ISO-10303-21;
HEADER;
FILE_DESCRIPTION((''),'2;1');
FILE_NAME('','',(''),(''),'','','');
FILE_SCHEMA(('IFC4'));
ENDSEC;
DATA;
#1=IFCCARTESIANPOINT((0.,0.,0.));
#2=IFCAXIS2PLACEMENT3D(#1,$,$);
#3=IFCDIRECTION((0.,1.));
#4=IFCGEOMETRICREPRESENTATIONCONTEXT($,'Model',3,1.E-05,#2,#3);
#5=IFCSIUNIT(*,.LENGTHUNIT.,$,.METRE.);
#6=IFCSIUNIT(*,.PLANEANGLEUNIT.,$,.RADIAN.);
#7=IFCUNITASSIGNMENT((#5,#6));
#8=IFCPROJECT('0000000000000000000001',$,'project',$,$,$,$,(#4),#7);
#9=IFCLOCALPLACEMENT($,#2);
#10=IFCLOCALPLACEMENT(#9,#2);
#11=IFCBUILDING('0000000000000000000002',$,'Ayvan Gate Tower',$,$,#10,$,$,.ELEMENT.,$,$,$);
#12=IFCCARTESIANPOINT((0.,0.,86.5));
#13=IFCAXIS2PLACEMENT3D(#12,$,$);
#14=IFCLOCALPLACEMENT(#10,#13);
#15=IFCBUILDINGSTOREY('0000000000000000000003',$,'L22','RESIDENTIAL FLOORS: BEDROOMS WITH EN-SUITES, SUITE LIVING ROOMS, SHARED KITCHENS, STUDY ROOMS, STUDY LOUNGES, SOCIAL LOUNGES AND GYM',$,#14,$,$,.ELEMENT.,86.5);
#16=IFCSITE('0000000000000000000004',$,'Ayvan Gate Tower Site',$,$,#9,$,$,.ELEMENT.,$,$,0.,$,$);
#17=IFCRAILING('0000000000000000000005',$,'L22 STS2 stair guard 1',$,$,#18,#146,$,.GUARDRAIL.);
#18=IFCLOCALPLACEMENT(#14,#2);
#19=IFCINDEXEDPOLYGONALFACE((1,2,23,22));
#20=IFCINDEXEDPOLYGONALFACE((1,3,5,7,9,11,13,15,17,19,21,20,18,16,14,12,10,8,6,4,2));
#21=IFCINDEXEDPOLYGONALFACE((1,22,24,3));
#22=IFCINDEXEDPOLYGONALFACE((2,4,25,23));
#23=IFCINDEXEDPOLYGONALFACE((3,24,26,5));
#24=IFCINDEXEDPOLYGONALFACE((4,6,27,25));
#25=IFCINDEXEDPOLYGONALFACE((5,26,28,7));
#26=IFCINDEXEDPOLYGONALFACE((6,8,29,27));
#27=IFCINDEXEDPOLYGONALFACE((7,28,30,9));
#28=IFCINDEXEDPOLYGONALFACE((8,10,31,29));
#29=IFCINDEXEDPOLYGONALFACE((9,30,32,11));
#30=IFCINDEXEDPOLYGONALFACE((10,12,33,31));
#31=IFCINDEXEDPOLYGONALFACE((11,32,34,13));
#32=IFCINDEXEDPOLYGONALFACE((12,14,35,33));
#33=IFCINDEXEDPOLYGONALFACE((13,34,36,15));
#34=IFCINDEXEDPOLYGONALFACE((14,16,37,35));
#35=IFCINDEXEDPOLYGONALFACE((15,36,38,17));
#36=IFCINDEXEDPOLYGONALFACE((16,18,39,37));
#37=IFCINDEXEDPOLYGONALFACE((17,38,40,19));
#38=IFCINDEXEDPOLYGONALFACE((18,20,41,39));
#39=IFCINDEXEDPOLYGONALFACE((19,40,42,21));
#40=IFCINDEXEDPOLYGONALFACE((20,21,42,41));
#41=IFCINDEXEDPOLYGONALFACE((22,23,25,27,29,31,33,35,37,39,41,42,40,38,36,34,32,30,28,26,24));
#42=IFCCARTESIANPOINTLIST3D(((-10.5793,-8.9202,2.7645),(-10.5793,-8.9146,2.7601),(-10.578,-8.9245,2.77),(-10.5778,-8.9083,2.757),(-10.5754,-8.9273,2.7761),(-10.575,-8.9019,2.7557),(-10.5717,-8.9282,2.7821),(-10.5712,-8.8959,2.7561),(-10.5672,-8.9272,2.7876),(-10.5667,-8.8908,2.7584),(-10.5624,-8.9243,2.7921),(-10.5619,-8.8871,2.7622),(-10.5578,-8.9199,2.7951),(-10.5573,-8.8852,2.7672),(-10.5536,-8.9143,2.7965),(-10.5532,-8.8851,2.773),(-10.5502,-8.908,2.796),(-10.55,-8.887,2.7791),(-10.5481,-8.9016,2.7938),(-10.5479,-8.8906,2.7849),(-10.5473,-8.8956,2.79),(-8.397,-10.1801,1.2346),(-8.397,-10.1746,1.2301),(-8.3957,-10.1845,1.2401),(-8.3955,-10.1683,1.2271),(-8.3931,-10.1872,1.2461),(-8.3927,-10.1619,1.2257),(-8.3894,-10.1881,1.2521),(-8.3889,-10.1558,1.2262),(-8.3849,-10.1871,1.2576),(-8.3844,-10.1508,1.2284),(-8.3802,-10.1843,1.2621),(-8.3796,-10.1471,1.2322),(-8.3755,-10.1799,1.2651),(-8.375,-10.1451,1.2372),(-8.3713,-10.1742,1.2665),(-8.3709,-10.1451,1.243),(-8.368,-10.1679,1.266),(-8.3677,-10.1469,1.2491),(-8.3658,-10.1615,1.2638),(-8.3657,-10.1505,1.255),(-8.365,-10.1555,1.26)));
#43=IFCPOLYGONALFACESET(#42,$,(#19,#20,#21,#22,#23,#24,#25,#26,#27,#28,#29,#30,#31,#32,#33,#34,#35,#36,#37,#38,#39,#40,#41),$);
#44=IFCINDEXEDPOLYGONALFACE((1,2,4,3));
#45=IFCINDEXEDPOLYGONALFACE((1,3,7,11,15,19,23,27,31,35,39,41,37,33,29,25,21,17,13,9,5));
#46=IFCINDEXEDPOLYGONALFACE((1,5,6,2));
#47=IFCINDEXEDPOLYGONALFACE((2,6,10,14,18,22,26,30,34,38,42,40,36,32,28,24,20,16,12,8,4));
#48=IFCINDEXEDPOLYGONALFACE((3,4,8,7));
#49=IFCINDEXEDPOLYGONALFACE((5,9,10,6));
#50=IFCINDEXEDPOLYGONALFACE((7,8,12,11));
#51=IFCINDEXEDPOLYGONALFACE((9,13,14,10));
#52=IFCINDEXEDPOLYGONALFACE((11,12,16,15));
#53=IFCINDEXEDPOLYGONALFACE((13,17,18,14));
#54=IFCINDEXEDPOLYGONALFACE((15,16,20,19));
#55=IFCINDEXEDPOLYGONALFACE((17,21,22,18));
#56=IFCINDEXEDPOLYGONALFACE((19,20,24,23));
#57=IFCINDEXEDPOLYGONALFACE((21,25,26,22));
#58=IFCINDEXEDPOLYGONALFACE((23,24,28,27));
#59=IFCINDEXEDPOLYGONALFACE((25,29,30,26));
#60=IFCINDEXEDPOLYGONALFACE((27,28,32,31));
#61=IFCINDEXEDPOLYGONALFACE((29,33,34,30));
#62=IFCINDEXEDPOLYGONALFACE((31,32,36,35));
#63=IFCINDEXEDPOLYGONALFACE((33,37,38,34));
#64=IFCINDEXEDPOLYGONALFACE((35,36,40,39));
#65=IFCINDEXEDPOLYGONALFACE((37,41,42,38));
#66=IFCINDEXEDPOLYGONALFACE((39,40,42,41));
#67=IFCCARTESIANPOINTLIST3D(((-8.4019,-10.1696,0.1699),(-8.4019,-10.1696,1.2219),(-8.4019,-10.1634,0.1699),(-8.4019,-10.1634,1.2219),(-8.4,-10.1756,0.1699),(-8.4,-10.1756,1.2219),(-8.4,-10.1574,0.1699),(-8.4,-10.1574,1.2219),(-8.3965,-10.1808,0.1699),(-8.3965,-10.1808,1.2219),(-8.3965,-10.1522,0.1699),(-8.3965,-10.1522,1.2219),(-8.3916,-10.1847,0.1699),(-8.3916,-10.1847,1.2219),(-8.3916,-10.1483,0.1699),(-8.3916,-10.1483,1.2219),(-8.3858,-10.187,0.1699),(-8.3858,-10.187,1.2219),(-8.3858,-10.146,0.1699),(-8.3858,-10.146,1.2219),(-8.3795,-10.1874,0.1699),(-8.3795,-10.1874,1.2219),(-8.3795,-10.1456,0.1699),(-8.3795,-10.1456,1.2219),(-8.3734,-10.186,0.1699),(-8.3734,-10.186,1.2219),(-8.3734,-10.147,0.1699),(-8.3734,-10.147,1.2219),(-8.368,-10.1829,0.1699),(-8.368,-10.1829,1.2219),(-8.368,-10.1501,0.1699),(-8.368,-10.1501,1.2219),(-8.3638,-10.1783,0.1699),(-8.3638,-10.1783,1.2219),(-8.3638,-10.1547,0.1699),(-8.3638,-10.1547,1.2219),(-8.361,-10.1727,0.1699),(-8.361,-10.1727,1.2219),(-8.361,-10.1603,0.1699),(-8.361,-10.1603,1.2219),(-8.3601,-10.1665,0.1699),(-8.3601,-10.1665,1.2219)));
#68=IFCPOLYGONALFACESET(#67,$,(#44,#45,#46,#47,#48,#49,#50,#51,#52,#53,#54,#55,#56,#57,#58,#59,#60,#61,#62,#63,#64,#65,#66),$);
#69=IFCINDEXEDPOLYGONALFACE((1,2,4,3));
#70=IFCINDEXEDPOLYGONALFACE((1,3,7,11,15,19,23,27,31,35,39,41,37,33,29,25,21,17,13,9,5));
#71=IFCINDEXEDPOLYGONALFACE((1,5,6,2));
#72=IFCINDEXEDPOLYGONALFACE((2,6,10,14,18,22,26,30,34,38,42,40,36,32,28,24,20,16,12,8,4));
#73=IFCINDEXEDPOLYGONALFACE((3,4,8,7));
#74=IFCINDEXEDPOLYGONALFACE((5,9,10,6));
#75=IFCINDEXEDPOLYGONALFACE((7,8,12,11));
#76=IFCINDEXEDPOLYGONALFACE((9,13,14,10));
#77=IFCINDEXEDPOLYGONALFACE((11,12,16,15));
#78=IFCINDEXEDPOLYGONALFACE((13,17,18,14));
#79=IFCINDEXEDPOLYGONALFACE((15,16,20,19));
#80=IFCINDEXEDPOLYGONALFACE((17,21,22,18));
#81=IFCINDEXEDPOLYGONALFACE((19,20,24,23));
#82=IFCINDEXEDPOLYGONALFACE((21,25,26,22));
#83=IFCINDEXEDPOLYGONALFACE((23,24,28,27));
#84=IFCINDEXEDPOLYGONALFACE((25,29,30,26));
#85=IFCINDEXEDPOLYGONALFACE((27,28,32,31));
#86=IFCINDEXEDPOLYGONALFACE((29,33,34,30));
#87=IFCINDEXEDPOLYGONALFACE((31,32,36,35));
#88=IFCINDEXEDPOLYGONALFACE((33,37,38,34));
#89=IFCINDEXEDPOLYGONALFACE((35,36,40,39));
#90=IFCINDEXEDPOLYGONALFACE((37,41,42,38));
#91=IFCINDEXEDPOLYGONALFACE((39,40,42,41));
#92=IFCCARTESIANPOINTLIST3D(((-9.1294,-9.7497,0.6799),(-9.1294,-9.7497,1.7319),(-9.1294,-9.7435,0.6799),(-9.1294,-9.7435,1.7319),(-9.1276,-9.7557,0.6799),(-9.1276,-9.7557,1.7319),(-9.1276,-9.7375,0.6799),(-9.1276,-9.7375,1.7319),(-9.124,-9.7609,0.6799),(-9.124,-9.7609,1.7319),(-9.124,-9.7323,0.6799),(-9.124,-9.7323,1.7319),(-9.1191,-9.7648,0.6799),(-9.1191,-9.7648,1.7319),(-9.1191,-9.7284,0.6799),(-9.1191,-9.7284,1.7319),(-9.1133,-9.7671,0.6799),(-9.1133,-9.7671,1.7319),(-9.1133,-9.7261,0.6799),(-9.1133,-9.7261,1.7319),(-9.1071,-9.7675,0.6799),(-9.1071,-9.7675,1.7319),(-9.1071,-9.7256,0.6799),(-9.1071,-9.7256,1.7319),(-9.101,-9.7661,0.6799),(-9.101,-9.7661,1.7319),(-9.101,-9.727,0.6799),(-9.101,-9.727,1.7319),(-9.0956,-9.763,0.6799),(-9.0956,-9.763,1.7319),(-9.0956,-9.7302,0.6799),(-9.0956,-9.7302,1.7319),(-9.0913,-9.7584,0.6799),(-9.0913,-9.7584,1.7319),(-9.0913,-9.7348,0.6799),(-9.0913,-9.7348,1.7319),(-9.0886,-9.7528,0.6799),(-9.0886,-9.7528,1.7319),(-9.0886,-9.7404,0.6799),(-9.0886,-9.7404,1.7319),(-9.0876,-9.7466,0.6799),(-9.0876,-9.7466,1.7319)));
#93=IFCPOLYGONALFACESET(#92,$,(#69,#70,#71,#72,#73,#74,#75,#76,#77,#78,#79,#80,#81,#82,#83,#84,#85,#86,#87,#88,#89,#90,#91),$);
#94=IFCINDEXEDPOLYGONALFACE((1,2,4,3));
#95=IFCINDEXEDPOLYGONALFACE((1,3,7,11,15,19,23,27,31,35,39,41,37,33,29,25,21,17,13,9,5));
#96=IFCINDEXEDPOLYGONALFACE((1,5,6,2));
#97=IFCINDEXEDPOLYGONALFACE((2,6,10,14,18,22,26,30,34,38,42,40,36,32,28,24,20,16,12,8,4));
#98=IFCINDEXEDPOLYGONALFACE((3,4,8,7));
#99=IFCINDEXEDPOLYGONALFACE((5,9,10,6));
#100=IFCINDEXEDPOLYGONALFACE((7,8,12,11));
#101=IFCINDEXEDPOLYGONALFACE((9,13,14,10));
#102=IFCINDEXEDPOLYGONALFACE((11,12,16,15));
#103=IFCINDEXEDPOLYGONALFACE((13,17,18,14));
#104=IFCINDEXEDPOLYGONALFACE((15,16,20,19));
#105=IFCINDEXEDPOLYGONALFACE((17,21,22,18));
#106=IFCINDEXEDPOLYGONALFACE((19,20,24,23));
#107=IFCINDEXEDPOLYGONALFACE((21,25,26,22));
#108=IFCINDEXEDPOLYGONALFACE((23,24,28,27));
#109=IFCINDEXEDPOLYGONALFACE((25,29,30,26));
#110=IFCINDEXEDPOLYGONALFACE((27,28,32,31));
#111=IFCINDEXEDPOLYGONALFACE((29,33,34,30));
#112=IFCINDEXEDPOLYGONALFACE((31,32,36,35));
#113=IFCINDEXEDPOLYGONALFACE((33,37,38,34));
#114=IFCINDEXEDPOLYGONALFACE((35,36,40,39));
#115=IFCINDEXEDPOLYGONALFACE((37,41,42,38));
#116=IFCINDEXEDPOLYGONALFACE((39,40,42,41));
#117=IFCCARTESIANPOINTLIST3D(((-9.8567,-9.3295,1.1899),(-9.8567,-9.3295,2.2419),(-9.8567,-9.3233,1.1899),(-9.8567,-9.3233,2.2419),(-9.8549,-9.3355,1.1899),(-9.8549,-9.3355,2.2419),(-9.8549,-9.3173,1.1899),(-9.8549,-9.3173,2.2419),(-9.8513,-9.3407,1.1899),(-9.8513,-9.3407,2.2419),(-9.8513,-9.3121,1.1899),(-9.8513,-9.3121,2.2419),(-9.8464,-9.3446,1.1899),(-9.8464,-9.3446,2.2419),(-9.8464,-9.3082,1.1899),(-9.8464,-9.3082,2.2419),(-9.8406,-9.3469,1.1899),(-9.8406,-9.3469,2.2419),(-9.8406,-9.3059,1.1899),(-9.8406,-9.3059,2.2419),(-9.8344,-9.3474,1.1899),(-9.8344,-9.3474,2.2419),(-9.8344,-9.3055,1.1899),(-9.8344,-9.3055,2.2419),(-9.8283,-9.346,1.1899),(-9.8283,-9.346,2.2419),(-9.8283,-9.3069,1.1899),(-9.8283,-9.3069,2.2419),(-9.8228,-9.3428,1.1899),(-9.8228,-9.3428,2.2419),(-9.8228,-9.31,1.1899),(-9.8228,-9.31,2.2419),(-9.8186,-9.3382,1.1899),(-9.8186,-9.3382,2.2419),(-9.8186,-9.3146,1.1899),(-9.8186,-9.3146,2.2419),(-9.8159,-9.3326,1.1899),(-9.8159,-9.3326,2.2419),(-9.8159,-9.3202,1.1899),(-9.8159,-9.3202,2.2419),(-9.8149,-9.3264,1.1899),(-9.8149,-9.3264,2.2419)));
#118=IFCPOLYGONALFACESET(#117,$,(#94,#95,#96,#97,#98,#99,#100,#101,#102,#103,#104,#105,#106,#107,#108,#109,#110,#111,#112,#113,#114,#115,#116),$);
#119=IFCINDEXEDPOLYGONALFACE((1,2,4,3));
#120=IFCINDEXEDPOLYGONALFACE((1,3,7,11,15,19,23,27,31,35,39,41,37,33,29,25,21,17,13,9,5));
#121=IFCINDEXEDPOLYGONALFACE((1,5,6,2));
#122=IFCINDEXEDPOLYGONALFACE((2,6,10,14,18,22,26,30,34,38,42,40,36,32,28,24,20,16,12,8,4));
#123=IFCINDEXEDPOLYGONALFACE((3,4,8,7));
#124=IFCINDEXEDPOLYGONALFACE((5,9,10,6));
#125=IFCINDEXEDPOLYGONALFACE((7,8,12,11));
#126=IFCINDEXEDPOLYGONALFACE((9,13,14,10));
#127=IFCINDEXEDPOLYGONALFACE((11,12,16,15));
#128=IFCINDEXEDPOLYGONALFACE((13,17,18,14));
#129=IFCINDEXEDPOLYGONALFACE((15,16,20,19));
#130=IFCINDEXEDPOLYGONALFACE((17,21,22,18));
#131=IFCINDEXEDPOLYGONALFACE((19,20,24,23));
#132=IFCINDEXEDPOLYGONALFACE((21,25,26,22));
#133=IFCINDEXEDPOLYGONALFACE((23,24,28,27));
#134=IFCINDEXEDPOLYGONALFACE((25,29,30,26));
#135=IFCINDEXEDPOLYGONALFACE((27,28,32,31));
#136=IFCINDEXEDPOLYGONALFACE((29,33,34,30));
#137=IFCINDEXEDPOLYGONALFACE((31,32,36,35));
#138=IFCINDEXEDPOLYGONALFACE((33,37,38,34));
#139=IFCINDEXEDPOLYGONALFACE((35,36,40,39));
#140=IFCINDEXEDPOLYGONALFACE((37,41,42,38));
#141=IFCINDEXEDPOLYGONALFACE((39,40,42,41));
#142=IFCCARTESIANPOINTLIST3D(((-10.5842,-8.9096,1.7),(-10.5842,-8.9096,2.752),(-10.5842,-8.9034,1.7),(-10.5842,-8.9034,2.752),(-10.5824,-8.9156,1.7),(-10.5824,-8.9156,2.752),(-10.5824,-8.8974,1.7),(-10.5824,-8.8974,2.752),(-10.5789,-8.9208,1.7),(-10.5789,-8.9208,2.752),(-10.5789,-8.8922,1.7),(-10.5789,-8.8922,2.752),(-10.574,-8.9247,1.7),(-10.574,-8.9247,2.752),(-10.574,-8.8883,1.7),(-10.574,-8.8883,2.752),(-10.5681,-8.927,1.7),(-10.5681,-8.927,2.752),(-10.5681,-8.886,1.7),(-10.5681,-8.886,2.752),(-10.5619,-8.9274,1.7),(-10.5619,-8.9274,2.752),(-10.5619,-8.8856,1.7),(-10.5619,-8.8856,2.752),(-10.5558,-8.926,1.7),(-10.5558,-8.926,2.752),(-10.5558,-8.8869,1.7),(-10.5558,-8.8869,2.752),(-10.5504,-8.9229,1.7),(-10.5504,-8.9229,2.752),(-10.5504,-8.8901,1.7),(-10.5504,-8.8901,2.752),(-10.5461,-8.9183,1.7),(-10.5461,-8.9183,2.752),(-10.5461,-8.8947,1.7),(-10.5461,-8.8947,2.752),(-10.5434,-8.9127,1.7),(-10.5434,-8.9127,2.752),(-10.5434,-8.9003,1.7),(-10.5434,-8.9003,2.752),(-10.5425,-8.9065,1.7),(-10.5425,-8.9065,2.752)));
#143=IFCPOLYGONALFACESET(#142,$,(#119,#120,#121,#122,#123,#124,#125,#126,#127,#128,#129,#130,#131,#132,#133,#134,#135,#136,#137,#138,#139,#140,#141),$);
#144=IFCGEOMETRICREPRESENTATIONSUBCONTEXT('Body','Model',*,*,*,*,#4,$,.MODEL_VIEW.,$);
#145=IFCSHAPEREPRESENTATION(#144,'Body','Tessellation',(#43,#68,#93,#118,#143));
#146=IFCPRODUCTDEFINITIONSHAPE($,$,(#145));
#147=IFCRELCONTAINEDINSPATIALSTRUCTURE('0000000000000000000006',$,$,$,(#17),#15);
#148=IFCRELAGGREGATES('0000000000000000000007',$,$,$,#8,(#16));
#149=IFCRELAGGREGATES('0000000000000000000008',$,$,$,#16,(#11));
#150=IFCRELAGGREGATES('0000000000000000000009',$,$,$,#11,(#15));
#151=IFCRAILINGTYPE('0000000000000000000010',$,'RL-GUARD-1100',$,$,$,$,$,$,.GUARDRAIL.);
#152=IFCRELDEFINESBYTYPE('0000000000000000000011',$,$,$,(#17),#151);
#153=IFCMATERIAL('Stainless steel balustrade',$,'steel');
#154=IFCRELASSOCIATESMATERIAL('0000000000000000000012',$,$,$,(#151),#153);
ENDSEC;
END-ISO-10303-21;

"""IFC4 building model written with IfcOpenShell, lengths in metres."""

from ifc_helpers import new_model, si_unit, direction, frame, origin, origin_2d, place, context, subcontext, project, spatial, circle, extrude, material, type_object, element, save


model = new_model("IFC4")

# Units and contexts
model_context = context("Model", 3, precision=1e-05, world=origin(), true_north=direction((0.0, 1.0)))
body_context = subcontext(model_context, "Body", "Model", "MODEL_VIEW")
ifc_project = project(units=[si_unit("LENGTHUNIT", "METRE"), si_unit("PLANEANGLEUNIT", "RADIAN")], contexts=[model_context])

# Site, building, storey
site_placement = place(None, origin())
site = spatial("IfcSite", under=ifc_project, at=site_placement, Name="Ayvan Gate Tower Site", CompositionType="ELEMENT", RefElevation=0.0)
building_placement = place(site_placement, origin())
building = spatial("IfcBuilding", under=site, at=building_placement, Name="Ayvan Gate Tower", CompositionType="ELEMENT")
storey_placement = place(building_placement, frame((0.0, 0.0, 86.5)))
storey = spatial("IfcBuildingStorey", under=building, at=storey_placement, Name="L22", Description="RESIDENTIAL FLOORS: BEDROOMS WITH EN-SUITES, SUITE LIVING ROOMS, SHARED KITCHENS, STUDY ROOMS, STUDY LOUNGES, SOCIAL LOUNGES AND GYM", CompositionType="ELEMENT", Elevation=86.5)

# Railing
ifc_material_1 = material(Name="Stainless steel balustrade", Category="steel")
railing_type_1 = type_object("IfcRailingType", Name="RL-GUARD-1100", PredefinedType="GUARDRAIL", material=ifc_material_1)
railing_1_placement = place(storey_placement, frame((-8.3811, -10.1665, 0.1699)))
element("IfcRailing", 1, at=railing_1_placement, inside=storey, type_object=railing_type_1, Name="L22 STS2 stair guard 1", PredefinedType="GUARDRAIL", context=body_context, shape_type="SweptSolid", body=[
    extrude(circle(Radius=0.0239, at=origin_2d()), frame((0.0, 0.0, 1.0762), z_axis=(-0.740261, 0.427395, 0.518986), x_axis=(-0.500005, -0.866023, 0.0)), (0.0, 0.0, 1.0), 2.948),
    extrude(circle(Radius=0.021, at=origin_2d()), origin(), (0.0, 0.0, 1.0), 1.052),
    extrude(circle(Radius=0.021, at=origin_2d()), frame((-0.7275, 0.4199, 0.51)), (0.0, 0.0, 1.0), 1.052),
    extrude(circle(Radius=0.021, at=origin_2d()), frame((-1.4548, 0.8401, 1.02)), (0.0, 0.0, 1.0), 1.052),
    extrude(circle(Radius=0.021, at=origin_2d()), frame((-2.1824, 1.26, 1.53)), (0.0, 0.0, 1.0), 1.052),
])

save(model, "model.ifc")
